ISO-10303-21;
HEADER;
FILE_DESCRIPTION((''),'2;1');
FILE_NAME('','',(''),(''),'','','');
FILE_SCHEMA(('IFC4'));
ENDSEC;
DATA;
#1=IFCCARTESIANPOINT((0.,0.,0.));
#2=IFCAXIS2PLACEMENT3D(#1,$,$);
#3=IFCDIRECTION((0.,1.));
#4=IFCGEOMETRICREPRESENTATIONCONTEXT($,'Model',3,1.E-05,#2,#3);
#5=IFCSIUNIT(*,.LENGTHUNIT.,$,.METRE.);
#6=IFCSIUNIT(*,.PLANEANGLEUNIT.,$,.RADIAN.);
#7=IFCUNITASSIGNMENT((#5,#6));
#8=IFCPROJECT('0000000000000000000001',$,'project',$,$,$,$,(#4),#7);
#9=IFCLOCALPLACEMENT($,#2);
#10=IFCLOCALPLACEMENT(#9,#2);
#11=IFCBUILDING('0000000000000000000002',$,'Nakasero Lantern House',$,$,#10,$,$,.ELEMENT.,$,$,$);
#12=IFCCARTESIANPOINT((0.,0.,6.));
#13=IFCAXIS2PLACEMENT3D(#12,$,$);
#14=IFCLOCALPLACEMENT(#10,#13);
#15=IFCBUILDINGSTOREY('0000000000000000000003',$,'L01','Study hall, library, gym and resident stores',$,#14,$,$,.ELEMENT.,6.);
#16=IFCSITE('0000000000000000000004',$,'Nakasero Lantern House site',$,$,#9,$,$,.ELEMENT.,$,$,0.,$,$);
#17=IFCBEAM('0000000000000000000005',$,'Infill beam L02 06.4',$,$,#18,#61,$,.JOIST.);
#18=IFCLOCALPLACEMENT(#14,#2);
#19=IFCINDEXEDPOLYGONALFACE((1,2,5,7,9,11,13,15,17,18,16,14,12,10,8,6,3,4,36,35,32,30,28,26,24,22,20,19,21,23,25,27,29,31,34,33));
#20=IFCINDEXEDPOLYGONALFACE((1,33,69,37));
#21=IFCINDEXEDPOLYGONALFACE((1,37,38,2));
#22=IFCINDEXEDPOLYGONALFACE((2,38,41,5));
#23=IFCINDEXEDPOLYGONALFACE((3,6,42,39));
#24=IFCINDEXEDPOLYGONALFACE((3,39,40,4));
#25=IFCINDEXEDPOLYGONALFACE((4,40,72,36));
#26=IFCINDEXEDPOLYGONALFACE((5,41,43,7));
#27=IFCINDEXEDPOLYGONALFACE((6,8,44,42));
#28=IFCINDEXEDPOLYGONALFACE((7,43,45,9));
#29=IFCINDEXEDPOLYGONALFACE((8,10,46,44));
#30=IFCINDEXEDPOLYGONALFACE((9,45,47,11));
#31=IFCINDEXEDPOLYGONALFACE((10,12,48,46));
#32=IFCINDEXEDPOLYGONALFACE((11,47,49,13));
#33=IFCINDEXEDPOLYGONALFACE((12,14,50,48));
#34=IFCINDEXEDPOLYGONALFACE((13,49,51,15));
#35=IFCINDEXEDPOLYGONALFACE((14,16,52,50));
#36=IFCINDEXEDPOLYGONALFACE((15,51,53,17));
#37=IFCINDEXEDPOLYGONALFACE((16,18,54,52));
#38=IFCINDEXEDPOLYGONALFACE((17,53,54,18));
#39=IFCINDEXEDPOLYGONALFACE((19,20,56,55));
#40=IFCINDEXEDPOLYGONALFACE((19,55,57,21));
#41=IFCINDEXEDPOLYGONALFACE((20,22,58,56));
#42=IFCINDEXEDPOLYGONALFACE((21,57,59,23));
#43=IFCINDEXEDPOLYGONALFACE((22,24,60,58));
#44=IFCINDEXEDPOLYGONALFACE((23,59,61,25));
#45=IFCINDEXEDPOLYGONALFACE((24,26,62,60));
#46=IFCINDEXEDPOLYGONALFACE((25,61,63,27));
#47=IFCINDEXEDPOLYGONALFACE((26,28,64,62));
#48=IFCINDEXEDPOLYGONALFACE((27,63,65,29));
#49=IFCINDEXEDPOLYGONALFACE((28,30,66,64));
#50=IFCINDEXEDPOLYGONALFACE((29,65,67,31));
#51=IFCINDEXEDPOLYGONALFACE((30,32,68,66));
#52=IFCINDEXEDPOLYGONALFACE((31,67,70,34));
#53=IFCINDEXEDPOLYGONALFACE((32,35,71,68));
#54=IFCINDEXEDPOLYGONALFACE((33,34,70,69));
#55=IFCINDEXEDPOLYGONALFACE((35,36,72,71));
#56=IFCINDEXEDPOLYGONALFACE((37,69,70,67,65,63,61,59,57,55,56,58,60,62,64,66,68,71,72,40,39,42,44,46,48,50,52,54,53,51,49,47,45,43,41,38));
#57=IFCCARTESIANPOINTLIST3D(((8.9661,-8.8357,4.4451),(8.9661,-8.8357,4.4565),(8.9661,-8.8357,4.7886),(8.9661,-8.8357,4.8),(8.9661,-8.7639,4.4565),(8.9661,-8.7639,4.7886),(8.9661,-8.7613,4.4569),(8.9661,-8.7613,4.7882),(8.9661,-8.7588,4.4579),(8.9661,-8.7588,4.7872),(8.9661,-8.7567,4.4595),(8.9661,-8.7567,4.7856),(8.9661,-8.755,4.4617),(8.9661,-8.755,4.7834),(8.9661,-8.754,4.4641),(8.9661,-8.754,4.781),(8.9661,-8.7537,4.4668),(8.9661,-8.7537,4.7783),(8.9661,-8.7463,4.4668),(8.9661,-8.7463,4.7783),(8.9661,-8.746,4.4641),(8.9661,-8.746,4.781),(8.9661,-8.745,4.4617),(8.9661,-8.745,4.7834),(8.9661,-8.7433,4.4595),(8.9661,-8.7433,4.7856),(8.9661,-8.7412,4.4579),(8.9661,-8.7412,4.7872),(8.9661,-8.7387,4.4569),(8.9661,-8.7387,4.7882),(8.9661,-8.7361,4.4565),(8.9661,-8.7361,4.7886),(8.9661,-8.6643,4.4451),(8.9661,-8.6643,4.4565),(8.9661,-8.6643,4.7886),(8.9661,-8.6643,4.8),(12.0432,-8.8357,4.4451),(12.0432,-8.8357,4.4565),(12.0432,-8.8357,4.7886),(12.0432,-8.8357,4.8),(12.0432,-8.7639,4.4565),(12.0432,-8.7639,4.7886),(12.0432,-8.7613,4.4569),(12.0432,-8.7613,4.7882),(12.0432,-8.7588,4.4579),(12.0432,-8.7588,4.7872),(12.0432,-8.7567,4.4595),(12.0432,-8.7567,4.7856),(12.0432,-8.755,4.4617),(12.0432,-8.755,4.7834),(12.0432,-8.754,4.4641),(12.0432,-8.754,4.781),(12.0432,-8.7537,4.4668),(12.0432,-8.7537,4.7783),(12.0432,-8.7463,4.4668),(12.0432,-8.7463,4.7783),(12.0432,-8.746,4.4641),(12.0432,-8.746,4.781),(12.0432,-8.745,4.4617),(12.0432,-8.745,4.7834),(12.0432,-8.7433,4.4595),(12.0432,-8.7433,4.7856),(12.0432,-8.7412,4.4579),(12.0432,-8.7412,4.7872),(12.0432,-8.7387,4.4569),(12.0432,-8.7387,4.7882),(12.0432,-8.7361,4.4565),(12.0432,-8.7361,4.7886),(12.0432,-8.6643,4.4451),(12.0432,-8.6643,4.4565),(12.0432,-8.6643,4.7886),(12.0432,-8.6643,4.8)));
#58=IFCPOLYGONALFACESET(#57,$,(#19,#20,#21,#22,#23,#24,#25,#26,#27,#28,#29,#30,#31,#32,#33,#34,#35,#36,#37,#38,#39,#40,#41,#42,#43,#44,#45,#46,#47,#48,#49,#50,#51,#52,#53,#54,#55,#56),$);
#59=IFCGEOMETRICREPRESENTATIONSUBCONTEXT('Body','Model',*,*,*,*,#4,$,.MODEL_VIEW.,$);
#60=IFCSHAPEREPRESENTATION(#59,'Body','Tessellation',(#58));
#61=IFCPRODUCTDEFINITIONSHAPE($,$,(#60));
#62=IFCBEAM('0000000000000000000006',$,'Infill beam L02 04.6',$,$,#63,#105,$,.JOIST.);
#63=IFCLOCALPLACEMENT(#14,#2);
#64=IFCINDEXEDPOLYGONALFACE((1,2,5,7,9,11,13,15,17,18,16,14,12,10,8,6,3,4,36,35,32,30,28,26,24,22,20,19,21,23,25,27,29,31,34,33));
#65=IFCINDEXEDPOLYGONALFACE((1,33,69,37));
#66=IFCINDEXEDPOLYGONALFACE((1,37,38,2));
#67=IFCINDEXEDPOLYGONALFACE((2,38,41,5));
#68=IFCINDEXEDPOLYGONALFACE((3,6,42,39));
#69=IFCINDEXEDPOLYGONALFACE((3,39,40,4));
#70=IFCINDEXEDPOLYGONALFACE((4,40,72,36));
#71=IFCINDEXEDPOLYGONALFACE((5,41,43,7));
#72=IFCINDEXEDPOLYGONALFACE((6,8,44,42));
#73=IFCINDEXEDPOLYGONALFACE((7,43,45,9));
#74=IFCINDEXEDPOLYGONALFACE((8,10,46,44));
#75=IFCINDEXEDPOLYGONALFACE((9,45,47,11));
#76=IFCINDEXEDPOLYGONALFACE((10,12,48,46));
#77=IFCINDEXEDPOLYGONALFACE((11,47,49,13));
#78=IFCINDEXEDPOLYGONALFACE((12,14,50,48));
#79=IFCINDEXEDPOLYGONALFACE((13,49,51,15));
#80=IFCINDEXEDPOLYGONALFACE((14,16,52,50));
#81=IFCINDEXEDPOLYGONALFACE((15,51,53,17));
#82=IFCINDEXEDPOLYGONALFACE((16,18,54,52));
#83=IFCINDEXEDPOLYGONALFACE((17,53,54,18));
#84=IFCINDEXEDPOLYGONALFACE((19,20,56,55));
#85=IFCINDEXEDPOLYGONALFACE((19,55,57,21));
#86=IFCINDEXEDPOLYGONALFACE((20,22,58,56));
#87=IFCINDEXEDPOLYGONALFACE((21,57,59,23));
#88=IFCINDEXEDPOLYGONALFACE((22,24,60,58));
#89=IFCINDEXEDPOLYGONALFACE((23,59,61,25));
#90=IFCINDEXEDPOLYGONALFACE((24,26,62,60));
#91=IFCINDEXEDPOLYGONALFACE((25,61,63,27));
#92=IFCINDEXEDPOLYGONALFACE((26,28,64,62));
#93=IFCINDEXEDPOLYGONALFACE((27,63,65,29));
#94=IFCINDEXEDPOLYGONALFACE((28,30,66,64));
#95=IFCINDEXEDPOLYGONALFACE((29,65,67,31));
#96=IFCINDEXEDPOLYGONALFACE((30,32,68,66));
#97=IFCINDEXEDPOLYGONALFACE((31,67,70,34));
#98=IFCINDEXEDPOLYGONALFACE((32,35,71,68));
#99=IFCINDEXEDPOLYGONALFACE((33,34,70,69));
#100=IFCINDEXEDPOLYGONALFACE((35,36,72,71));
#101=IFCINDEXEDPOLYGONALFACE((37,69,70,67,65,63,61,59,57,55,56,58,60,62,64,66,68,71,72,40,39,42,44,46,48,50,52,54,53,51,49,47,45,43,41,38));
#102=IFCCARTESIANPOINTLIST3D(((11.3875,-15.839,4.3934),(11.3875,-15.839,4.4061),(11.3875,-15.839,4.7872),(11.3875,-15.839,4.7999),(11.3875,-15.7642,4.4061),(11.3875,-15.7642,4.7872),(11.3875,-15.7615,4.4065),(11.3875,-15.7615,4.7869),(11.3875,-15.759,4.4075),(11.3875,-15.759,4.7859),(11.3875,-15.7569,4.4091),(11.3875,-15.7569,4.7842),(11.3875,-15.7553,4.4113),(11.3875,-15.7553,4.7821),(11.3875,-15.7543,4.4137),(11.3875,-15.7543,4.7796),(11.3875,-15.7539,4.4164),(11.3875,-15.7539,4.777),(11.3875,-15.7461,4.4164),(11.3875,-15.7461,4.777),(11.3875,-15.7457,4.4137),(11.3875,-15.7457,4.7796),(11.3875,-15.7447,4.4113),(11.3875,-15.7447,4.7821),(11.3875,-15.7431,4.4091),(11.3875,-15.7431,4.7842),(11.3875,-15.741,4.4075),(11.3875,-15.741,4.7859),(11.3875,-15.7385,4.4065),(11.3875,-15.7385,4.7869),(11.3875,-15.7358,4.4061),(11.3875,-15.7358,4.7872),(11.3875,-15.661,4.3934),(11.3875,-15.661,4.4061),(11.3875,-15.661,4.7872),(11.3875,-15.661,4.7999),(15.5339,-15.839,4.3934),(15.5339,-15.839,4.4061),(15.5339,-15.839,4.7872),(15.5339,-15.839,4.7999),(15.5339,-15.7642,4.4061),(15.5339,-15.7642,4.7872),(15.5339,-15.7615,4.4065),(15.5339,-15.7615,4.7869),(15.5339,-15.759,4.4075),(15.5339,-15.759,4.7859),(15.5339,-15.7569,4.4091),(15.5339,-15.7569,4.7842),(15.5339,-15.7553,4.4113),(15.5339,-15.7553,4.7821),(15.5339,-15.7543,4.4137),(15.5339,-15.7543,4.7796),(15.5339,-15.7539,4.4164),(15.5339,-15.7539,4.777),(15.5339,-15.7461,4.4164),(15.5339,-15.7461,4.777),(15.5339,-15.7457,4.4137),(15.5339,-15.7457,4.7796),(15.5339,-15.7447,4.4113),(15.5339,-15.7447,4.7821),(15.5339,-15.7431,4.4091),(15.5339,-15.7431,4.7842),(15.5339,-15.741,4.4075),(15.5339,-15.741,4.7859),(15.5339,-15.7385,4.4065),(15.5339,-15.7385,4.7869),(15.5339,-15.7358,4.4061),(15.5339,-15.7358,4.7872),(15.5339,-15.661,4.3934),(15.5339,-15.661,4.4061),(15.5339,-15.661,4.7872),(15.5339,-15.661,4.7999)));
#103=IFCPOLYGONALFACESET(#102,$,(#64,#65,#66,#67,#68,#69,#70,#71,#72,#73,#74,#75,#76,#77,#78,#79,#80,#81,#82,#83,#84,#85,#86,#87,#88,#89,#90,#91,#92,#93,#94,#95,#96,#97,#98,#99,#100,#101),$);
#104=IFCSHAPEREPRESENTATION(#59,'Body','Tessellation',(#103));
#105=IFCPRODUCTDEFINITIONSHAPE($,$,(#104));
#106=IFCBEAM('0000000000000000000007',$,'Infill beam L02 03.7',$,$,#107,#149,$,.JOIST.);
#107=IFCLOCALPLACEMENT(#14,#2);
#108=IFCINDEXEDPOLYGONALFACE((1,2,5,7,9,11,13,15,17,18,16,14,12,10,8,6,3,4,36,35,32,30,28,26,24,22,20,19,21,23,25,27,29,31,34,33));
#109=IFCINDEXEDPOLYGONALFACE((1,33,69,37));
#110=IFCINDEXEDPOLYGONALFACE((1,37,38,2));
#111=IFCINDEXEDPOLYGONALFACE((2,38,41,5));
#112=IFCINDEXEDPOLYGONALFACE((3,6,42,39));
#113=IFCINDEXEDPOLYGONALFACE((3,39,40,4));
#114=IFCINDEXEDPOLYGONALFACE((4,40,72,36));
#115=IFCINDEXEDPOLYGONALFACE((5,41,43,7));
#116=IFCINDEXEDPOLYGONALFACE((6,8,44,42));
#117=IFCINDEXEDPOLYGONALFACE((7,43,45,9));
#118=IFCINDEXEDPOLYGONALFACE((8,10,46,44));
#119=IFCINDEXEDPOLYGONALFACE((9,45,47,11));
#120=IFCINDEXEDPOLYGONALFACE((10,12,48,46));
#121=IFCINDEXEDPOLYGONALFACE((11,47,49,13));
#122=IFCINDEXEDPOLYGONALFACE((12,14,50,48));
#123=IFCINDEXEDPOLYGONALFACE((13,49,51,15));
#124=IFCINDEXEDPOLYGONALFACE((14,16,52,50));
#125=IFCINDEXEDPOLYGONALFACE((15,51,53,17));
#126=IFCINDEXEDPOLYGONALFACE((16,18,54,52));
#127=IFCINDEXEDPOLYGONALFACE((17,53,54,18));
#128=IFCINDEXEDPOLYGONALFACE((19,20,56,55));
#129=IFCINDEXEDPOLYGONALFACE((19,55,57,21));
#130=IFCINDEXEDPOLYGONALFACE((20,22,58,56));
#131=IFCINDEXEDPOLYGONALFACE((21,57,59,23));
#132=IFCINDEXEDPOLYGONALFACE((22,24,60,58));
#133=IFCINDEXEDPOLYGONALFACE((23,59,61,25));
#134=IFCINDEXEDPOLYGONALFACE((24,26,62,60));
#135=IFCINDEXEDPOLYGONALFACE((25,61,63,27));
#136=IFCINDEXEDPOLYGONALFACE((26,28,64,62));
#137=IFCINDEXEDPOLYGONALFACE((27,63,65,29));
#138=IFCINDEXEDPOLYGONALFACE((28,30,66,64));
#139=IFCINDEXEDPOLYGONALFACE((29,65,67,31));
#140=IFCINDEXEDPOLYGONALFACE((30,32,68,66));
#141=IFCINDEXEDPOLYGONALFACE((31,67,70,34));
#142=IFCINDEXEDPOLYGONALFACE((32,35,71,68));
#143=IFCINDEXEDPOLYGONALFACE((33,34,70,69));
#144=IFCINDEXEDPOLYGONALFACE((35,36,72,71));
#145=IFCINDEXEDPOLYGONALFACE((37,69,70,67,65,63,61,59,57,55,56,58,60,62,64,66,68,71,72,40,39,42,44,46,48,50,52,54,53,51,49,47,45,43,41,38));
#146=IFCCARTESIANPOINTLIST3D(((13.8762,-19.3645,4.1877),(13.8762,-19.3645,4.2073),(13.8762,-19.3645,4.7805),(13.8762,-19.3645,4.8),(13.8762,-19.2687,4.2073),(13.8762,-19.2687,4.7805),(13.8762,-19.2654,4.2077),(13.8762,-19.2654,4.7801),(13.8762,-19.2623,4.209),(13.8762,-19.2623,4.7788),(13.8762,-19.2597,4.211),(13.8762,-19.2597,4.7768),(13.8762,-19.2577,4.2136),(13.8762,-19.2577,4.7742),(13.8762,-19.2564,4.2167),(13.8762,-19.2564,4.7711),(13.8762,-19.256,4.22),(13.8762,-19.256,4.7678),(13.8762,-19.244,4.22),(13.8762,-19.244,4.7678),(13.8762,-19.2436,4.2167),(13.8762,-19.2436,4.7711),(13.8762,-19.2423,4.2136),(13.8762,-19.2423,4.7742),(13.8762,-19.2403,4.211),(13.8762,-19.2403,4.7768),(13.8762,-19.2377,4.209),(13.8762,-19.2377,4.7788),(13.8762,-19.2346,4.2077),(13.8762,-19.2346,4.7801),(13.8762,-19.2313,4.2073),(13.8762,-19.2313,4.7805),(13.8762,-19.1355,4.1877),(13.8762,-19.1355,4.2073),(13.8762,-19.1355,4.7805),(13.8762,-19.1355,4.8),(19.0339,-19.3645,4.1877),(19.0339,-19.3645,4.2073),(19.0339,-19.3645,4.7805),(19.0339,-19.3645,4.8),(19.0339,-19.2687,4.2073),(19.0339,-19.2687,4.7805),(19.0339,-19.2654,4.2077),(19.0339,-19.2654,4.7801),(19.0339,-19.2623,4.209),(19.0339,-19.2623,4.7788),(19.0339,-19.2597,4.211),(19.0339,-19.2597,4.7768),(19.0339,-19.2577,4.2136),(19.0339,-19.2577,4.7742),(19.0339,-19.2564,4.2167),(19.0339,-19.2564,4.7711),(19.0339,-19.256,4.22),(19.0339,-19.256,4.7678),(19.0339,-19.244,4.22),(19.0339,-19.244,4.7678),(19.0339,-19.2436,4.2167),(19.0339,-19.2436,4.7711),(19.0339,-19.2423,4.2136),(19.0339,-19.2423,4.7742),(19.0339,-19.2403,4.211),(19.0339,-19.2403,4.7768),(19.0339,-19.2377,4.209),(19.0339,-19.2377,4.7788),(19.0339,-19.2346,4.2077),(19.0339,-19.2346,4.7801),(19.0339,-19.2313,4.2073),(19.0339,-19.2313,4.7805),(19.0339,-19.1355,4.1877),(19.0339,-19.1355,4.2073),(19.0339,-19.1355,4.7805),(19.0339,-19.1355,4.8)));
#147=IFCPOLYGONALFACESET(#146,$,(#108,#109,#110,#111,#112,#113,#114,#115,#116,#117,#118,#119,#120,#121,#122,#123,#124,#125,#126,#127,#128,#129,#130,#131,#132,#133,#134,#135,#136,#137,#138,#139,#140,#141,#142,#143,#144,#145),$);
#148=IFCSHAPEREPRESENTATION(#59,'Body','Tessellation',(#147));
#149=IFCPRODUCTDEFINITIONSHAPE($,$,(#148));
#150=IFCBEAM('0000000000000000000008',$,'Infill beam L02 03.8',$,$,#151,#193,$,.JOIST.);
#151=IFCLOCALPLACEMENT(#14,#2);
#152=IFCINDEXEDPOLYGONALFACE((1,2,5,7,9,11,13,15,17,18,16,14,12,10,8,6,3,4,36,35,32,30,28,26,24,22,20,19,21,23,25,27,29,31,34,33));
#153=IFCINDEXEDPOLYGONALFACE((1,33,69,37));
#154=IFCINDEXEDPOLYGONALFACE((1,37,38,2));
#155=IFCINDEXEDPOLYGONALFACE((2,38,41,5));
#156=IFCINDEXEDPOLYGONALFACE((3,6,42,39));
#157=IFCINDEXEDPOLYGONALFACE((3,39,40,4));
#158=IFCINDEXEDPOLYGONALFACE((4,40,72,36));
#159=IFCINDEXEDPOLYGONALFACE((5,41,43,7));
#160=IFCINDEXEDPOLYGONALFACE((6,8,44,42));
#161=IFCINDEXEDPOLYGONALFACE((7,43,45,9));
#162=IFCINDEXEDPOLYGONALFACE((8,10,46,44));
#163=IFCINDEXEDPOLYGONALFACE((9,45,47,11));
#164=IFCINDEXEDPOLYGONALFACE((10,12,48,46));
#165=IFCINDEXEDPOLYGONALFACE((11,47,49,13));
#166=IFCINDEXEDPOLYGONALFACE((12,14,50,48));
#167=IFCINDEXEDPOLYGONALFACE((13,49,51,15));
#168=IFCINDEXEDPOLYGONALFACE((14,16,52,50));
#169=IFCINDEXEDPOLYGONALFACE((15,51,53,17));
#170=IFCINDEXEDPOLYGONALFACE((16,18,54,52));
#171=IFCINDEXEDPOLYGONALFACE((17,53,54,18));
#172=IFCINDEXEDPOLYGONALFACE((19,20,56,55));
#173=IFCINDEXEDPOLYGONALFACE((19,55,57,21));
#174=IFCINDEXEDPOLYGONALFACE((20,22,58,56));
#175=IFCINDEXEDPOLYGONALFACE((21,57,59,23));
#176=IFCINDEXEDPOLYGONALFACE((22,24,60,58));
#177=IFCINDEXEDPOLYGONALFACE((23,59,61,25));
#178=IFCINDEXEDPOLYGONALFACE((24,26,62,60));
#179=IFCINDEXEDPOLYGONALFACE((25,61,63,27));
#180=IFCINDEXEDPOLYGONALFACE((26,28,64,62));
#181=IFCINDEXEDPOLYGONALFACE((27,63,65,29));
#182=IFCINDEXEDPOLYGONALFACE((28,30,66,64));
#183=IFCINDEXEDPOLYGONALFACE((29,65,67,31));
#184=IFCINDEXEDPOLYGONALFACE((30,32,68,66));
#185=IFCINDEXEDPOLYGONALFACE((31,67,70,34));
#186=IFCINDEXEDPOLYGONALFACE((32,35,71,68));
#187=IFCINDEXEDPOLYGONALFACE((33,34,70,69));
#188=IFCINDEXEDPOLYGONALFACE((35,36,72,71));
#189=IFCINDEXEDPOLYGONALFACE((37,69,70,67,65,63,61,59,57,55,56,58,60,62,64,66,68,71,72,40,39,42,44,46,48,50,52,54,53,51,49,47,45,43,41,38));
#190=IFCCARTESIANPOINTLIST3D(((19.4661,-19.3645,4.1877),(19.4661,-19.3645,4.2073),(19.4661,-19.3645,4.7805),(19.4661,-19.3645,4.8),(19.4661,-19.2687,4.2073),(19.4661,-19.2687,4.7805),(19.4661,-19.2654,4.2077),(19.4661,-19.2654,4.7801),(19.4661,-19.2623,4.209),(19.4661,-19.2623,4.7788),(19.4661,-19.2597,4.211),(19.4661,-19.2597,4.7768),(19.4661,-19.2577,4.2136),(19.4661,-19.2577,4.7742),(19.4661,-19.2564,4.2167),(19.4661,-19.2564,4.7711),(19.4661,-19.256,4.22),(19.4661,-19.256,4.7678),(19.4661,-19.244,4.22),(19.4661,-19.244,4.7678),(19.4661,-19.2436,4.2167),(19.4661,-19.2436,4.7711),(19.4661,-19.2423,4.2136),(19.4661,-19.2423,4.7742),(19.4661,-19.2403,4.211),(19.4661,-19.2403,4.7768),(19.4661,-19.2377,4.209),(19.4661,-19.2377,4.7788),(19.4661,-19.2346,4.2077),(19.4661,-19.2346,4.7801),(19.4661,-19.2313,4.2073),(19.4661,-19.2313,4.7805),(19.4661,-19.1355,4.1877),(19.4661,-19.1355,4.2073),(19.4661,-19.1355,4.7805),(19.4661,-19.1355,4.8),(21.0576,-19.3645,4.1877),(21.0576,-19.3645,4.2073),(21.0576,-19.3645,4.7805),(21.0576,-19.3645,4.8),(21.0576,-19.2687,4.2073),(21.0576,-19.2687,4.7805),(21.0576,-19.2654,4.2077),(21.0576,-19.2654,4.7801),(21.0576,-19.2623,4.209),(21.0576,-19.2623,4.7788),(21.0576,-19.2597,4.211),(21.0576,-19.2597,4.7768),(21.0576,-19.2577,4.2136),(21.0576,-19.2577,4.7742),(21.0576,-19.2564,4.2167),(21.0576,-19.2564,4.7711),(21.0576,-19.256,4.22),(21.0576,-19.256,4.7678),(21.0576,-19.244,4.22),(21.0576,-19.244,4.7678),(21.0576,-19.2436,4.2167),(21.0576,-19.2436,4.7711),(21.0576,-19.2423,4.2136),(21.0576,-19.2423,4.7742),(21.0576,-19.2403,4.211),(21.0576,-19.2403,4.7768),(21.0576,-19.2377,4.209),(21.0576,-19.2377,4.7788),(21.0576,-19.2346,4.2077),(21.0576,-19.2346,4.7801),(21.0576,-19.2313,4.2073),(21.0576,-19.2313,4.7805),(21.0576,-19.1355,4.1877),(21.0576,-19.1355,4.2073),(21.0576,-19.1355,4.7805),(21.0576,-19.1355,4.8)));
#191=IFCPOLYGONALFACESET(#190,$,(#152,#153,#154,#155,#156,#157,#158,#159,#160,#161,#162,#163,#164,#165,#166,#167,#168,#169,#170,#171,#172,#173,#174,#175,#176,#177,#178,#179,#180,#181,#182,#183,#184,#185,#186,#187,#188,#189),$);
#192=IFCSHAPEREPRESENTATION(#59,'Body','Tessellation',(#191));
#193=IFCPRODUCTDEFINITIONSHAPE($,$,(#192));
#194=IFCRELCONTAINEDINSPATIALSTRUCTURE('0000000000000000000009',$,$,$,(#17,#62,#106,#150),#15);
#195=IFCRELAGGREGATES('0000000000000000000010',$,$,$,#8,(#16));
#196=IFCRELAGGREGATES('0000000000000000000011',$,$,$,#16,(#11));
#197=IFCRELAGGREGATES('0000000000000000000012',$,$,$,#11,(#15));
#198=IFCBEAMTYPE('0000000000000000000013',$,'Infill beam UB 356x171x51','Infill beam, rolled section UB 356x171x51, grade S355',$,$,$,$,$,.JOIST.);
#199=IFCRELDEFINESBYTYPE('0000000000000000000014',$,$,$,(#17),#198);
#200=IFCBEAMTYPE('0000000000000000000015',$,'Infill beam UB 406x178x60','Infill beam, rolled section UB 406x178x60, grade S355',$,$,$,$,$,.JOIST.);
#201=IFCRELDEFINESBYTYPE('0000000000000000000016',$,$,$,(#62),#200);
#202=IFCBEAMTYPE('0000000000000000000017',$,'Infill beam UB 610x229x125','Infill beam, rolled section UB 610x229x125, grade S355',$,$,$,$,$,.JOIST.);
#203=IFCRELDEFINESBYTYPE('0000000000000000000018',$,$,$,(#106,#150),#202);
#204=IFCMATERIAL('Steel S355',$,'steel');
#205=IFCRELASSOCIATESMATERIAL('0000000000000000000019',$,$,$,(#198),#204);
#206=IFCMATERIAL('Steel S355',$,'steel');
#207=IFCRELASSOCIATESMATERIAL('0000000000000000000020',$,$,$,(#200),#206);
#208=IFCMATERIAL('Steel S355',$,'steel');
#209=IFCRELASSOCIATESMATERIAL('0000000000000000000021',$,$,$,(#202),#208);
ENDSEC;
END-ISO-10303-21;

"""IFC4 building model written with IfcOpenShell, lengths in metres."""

from ifc_helpers import new_model, si_unit, direction, frame, origin, origin_2d, place, context, subcontext, project, spatial, i_section, extrude, material, material_profile, profile_set, type_object, element, save


model = new_model("IFC4")

# Units and contexts
model_context = context("Model", 3, precision=1e-05, world=origin(), true_north=direction((0.0, 1.0)))
body_context = subcontext(model_context, "Body", "Model", "MODEL_VIEW")
ifc_project = project(units=[si_unit("LENGTHUNIT", "METRE"), si_unit("PLANEANGLEUNIT", "RADIAN")], contexts=[model_context])

# Site, building, storey
site_placement = place(None, origin())
site = spatial("IfcSite", under=ifc_project, at=site_placement, Name="Nakasero Lantern House site", CompositionType="ELEMENT", RefElevation=0.0)
building_placement = place(site_placement, origin())
building = spatial("IfcBuilding", under=site, at=building_placement, Name="Nakasero Lantern House", CompositionType="ELEMENT")
storey_placement = place(building_placement, frame((0.0, 0.0, 6.0)))
storey = spatial("IfcBuildingStorey", under=building, at=storey_placement, Name="L01", Description="Study hall, library, gym and resident stores", CompositionType="ELEMENT", Elevation=6.0)

# Beams
ifc_material_1 = material(Name="Steel S355", Category="steel")
ifc_material_profile_1 = material_profile(ifc_material_1, i_section(OverallWidth=0.1714, OverallDepth=0.355, WebThickness=0.0073, FlangeThickness=0.0115, FilletRadius=0.0103, at=origin_2d()), Name="UB 356x171x51")
ifc_profile_set_1 = profile_set([ifc_material_profile_1], Name="Steel S355")
beam_type_1 = type_object("IfcBeamType", Name="Infill beam UB 356x171x51", Description="Infill beam, rolled section UB 356x171x51, grade S355", PredefinedType="JOIST", material=ifc_profile_set_1)
beam_1_placement = place(storey_placement, frame((8.9661, -8.75, 4.6226), z_axis=(1.0, 0.0, 0.0), x_axis=(0.0, 1.0, 0.0)))
element("IfcBeam", 1, at=beam_1_placement, inside=storey, type_object=beam_type_1, Name="Infill beam L02 06.4", PredefinedType="JOIST", context=body_context, shape_type="SweptSolid", body=[
    extrude(i_section(OverallWidth=0.1714, OverallDepth=0.355, WebThickness=0.0073, FlangeThickness=0.0115, FilletRadius=0.0103, at=origin_2d()), origin(), (0.0, 0.0, 1.0), 3.0771),
])
ifc_material_2 = material(Name="Steel S355", Category="steel")
ifc_material_profile_2 = material_profile(ifc_material_2, i_section(OverallWidth=0.178, OverallDepth=0.4065, WebThickness=0.0078, FlangeThickness=0.0127, FilletRadius=0.0103, at=origin_2d()), Name="UB 406x178x60")
ifc_profile_set_2 = profile_set([ifc_material_profile_2], Name="Steel S355")
beam_type_2 = type_object("IfcBeamType", Name="Infill beam UB 406x178x60", Description="Infill beam, rolled section UB 406x178x60, grade S355", PredefinedType="JOIST", material=ifc_profile_set_2)
beam_2_placement = place(storey_placement, frame((11.3875, -15.75, 4.5967), z_axis=(1.0, 0.0, 0.0), x_axis=(0.0, 1.0, 0.0)))
element("IfcBeam", 2, at=beam_2_placement, inside=storey, type_object=beam_type_2, Name="Infill beam L02 04.6", PredefinedType="JOIST", context=body_context, shape_type="SweptSolid", body=[
    extrude(i_section(OverallWidth=0.178, OverallDepth=0.4065, WebThickness=0.0078, FlangeThickness=0.0127, FilletRadius=0.0103, at=origin_2d()), origin(), (0.0, 0.0, 1.0), 4.1465),
])
ifc_material_3 = material(Name="Steel S355", Category="steel")
ifc_material_profile_3 = material_profile(ifc_material_3, i_section(OverallWidth=0.229, OverallDepth=0.6123, WebThickness=0.012, FlangeThickness=0.0195, FilletRadius=0.0127, at=origin_2d()), Name="UB 610x229x125")
ifc_profile_set_3 = profile_set([ifc_material_profile_3], Name="Steel S355")
beam_type_3 = type_object("IfcBeamType", Name="Infill beam UB 610x229x125", Description="Infill beam, rolled section UB 610x229x125, grade S355", PredefinedType="JOIST", material=ifc_profile_set_3)
beam_3_placement = place(storey_placement, frame((13.8762, -19.25, 4.4939), z_axis=(1.0, 0.0, 0.0), x_axis=(0.0, 1.0, 0.0)))
element("IfcBeam", 3, at=beam_3_placement, inside=storey, type_object=beam_type_3, Name="Infill beam L02 03.7", PredefinedType="JOIST", context=body_context, shape_type="SweptSolid", body=[
    extrude(i_section(OverallWidth=0.229, OverallDepth=0.6123, WebThickness=0.012, FlangeThickness=0.0195, FilletRadius=0.0127, at=origin_2d()), origin(), (0.0, 0.0, 1.0), 5.1577),
])
beam_4_placement = place(storey_placement, frame((19.4661, -19.25, 4.4939), z_axis=(1.0, 0.0, 0.0), x_axis=(0.0, 1.0, 0.0)))
element("IfcBeam", 4, at=beam_4_placement, inside=storey, type_object=beam_type_3, Name="Infill beam L02 03.8", PredefinedType="JOIST", context=body_context, shape_type="SweptSolid", body=[
    extrude(i_section(OverallWidth=0.229, OverallDepth=0.6123, WebThickness=0.012, FlangeThickness=0.0195, FilletRadius=0.0127, at=origin_2d()), origin(), (0.0, 0.0, 1.0), 1.5916),
])

save(model, "model.ifc")
